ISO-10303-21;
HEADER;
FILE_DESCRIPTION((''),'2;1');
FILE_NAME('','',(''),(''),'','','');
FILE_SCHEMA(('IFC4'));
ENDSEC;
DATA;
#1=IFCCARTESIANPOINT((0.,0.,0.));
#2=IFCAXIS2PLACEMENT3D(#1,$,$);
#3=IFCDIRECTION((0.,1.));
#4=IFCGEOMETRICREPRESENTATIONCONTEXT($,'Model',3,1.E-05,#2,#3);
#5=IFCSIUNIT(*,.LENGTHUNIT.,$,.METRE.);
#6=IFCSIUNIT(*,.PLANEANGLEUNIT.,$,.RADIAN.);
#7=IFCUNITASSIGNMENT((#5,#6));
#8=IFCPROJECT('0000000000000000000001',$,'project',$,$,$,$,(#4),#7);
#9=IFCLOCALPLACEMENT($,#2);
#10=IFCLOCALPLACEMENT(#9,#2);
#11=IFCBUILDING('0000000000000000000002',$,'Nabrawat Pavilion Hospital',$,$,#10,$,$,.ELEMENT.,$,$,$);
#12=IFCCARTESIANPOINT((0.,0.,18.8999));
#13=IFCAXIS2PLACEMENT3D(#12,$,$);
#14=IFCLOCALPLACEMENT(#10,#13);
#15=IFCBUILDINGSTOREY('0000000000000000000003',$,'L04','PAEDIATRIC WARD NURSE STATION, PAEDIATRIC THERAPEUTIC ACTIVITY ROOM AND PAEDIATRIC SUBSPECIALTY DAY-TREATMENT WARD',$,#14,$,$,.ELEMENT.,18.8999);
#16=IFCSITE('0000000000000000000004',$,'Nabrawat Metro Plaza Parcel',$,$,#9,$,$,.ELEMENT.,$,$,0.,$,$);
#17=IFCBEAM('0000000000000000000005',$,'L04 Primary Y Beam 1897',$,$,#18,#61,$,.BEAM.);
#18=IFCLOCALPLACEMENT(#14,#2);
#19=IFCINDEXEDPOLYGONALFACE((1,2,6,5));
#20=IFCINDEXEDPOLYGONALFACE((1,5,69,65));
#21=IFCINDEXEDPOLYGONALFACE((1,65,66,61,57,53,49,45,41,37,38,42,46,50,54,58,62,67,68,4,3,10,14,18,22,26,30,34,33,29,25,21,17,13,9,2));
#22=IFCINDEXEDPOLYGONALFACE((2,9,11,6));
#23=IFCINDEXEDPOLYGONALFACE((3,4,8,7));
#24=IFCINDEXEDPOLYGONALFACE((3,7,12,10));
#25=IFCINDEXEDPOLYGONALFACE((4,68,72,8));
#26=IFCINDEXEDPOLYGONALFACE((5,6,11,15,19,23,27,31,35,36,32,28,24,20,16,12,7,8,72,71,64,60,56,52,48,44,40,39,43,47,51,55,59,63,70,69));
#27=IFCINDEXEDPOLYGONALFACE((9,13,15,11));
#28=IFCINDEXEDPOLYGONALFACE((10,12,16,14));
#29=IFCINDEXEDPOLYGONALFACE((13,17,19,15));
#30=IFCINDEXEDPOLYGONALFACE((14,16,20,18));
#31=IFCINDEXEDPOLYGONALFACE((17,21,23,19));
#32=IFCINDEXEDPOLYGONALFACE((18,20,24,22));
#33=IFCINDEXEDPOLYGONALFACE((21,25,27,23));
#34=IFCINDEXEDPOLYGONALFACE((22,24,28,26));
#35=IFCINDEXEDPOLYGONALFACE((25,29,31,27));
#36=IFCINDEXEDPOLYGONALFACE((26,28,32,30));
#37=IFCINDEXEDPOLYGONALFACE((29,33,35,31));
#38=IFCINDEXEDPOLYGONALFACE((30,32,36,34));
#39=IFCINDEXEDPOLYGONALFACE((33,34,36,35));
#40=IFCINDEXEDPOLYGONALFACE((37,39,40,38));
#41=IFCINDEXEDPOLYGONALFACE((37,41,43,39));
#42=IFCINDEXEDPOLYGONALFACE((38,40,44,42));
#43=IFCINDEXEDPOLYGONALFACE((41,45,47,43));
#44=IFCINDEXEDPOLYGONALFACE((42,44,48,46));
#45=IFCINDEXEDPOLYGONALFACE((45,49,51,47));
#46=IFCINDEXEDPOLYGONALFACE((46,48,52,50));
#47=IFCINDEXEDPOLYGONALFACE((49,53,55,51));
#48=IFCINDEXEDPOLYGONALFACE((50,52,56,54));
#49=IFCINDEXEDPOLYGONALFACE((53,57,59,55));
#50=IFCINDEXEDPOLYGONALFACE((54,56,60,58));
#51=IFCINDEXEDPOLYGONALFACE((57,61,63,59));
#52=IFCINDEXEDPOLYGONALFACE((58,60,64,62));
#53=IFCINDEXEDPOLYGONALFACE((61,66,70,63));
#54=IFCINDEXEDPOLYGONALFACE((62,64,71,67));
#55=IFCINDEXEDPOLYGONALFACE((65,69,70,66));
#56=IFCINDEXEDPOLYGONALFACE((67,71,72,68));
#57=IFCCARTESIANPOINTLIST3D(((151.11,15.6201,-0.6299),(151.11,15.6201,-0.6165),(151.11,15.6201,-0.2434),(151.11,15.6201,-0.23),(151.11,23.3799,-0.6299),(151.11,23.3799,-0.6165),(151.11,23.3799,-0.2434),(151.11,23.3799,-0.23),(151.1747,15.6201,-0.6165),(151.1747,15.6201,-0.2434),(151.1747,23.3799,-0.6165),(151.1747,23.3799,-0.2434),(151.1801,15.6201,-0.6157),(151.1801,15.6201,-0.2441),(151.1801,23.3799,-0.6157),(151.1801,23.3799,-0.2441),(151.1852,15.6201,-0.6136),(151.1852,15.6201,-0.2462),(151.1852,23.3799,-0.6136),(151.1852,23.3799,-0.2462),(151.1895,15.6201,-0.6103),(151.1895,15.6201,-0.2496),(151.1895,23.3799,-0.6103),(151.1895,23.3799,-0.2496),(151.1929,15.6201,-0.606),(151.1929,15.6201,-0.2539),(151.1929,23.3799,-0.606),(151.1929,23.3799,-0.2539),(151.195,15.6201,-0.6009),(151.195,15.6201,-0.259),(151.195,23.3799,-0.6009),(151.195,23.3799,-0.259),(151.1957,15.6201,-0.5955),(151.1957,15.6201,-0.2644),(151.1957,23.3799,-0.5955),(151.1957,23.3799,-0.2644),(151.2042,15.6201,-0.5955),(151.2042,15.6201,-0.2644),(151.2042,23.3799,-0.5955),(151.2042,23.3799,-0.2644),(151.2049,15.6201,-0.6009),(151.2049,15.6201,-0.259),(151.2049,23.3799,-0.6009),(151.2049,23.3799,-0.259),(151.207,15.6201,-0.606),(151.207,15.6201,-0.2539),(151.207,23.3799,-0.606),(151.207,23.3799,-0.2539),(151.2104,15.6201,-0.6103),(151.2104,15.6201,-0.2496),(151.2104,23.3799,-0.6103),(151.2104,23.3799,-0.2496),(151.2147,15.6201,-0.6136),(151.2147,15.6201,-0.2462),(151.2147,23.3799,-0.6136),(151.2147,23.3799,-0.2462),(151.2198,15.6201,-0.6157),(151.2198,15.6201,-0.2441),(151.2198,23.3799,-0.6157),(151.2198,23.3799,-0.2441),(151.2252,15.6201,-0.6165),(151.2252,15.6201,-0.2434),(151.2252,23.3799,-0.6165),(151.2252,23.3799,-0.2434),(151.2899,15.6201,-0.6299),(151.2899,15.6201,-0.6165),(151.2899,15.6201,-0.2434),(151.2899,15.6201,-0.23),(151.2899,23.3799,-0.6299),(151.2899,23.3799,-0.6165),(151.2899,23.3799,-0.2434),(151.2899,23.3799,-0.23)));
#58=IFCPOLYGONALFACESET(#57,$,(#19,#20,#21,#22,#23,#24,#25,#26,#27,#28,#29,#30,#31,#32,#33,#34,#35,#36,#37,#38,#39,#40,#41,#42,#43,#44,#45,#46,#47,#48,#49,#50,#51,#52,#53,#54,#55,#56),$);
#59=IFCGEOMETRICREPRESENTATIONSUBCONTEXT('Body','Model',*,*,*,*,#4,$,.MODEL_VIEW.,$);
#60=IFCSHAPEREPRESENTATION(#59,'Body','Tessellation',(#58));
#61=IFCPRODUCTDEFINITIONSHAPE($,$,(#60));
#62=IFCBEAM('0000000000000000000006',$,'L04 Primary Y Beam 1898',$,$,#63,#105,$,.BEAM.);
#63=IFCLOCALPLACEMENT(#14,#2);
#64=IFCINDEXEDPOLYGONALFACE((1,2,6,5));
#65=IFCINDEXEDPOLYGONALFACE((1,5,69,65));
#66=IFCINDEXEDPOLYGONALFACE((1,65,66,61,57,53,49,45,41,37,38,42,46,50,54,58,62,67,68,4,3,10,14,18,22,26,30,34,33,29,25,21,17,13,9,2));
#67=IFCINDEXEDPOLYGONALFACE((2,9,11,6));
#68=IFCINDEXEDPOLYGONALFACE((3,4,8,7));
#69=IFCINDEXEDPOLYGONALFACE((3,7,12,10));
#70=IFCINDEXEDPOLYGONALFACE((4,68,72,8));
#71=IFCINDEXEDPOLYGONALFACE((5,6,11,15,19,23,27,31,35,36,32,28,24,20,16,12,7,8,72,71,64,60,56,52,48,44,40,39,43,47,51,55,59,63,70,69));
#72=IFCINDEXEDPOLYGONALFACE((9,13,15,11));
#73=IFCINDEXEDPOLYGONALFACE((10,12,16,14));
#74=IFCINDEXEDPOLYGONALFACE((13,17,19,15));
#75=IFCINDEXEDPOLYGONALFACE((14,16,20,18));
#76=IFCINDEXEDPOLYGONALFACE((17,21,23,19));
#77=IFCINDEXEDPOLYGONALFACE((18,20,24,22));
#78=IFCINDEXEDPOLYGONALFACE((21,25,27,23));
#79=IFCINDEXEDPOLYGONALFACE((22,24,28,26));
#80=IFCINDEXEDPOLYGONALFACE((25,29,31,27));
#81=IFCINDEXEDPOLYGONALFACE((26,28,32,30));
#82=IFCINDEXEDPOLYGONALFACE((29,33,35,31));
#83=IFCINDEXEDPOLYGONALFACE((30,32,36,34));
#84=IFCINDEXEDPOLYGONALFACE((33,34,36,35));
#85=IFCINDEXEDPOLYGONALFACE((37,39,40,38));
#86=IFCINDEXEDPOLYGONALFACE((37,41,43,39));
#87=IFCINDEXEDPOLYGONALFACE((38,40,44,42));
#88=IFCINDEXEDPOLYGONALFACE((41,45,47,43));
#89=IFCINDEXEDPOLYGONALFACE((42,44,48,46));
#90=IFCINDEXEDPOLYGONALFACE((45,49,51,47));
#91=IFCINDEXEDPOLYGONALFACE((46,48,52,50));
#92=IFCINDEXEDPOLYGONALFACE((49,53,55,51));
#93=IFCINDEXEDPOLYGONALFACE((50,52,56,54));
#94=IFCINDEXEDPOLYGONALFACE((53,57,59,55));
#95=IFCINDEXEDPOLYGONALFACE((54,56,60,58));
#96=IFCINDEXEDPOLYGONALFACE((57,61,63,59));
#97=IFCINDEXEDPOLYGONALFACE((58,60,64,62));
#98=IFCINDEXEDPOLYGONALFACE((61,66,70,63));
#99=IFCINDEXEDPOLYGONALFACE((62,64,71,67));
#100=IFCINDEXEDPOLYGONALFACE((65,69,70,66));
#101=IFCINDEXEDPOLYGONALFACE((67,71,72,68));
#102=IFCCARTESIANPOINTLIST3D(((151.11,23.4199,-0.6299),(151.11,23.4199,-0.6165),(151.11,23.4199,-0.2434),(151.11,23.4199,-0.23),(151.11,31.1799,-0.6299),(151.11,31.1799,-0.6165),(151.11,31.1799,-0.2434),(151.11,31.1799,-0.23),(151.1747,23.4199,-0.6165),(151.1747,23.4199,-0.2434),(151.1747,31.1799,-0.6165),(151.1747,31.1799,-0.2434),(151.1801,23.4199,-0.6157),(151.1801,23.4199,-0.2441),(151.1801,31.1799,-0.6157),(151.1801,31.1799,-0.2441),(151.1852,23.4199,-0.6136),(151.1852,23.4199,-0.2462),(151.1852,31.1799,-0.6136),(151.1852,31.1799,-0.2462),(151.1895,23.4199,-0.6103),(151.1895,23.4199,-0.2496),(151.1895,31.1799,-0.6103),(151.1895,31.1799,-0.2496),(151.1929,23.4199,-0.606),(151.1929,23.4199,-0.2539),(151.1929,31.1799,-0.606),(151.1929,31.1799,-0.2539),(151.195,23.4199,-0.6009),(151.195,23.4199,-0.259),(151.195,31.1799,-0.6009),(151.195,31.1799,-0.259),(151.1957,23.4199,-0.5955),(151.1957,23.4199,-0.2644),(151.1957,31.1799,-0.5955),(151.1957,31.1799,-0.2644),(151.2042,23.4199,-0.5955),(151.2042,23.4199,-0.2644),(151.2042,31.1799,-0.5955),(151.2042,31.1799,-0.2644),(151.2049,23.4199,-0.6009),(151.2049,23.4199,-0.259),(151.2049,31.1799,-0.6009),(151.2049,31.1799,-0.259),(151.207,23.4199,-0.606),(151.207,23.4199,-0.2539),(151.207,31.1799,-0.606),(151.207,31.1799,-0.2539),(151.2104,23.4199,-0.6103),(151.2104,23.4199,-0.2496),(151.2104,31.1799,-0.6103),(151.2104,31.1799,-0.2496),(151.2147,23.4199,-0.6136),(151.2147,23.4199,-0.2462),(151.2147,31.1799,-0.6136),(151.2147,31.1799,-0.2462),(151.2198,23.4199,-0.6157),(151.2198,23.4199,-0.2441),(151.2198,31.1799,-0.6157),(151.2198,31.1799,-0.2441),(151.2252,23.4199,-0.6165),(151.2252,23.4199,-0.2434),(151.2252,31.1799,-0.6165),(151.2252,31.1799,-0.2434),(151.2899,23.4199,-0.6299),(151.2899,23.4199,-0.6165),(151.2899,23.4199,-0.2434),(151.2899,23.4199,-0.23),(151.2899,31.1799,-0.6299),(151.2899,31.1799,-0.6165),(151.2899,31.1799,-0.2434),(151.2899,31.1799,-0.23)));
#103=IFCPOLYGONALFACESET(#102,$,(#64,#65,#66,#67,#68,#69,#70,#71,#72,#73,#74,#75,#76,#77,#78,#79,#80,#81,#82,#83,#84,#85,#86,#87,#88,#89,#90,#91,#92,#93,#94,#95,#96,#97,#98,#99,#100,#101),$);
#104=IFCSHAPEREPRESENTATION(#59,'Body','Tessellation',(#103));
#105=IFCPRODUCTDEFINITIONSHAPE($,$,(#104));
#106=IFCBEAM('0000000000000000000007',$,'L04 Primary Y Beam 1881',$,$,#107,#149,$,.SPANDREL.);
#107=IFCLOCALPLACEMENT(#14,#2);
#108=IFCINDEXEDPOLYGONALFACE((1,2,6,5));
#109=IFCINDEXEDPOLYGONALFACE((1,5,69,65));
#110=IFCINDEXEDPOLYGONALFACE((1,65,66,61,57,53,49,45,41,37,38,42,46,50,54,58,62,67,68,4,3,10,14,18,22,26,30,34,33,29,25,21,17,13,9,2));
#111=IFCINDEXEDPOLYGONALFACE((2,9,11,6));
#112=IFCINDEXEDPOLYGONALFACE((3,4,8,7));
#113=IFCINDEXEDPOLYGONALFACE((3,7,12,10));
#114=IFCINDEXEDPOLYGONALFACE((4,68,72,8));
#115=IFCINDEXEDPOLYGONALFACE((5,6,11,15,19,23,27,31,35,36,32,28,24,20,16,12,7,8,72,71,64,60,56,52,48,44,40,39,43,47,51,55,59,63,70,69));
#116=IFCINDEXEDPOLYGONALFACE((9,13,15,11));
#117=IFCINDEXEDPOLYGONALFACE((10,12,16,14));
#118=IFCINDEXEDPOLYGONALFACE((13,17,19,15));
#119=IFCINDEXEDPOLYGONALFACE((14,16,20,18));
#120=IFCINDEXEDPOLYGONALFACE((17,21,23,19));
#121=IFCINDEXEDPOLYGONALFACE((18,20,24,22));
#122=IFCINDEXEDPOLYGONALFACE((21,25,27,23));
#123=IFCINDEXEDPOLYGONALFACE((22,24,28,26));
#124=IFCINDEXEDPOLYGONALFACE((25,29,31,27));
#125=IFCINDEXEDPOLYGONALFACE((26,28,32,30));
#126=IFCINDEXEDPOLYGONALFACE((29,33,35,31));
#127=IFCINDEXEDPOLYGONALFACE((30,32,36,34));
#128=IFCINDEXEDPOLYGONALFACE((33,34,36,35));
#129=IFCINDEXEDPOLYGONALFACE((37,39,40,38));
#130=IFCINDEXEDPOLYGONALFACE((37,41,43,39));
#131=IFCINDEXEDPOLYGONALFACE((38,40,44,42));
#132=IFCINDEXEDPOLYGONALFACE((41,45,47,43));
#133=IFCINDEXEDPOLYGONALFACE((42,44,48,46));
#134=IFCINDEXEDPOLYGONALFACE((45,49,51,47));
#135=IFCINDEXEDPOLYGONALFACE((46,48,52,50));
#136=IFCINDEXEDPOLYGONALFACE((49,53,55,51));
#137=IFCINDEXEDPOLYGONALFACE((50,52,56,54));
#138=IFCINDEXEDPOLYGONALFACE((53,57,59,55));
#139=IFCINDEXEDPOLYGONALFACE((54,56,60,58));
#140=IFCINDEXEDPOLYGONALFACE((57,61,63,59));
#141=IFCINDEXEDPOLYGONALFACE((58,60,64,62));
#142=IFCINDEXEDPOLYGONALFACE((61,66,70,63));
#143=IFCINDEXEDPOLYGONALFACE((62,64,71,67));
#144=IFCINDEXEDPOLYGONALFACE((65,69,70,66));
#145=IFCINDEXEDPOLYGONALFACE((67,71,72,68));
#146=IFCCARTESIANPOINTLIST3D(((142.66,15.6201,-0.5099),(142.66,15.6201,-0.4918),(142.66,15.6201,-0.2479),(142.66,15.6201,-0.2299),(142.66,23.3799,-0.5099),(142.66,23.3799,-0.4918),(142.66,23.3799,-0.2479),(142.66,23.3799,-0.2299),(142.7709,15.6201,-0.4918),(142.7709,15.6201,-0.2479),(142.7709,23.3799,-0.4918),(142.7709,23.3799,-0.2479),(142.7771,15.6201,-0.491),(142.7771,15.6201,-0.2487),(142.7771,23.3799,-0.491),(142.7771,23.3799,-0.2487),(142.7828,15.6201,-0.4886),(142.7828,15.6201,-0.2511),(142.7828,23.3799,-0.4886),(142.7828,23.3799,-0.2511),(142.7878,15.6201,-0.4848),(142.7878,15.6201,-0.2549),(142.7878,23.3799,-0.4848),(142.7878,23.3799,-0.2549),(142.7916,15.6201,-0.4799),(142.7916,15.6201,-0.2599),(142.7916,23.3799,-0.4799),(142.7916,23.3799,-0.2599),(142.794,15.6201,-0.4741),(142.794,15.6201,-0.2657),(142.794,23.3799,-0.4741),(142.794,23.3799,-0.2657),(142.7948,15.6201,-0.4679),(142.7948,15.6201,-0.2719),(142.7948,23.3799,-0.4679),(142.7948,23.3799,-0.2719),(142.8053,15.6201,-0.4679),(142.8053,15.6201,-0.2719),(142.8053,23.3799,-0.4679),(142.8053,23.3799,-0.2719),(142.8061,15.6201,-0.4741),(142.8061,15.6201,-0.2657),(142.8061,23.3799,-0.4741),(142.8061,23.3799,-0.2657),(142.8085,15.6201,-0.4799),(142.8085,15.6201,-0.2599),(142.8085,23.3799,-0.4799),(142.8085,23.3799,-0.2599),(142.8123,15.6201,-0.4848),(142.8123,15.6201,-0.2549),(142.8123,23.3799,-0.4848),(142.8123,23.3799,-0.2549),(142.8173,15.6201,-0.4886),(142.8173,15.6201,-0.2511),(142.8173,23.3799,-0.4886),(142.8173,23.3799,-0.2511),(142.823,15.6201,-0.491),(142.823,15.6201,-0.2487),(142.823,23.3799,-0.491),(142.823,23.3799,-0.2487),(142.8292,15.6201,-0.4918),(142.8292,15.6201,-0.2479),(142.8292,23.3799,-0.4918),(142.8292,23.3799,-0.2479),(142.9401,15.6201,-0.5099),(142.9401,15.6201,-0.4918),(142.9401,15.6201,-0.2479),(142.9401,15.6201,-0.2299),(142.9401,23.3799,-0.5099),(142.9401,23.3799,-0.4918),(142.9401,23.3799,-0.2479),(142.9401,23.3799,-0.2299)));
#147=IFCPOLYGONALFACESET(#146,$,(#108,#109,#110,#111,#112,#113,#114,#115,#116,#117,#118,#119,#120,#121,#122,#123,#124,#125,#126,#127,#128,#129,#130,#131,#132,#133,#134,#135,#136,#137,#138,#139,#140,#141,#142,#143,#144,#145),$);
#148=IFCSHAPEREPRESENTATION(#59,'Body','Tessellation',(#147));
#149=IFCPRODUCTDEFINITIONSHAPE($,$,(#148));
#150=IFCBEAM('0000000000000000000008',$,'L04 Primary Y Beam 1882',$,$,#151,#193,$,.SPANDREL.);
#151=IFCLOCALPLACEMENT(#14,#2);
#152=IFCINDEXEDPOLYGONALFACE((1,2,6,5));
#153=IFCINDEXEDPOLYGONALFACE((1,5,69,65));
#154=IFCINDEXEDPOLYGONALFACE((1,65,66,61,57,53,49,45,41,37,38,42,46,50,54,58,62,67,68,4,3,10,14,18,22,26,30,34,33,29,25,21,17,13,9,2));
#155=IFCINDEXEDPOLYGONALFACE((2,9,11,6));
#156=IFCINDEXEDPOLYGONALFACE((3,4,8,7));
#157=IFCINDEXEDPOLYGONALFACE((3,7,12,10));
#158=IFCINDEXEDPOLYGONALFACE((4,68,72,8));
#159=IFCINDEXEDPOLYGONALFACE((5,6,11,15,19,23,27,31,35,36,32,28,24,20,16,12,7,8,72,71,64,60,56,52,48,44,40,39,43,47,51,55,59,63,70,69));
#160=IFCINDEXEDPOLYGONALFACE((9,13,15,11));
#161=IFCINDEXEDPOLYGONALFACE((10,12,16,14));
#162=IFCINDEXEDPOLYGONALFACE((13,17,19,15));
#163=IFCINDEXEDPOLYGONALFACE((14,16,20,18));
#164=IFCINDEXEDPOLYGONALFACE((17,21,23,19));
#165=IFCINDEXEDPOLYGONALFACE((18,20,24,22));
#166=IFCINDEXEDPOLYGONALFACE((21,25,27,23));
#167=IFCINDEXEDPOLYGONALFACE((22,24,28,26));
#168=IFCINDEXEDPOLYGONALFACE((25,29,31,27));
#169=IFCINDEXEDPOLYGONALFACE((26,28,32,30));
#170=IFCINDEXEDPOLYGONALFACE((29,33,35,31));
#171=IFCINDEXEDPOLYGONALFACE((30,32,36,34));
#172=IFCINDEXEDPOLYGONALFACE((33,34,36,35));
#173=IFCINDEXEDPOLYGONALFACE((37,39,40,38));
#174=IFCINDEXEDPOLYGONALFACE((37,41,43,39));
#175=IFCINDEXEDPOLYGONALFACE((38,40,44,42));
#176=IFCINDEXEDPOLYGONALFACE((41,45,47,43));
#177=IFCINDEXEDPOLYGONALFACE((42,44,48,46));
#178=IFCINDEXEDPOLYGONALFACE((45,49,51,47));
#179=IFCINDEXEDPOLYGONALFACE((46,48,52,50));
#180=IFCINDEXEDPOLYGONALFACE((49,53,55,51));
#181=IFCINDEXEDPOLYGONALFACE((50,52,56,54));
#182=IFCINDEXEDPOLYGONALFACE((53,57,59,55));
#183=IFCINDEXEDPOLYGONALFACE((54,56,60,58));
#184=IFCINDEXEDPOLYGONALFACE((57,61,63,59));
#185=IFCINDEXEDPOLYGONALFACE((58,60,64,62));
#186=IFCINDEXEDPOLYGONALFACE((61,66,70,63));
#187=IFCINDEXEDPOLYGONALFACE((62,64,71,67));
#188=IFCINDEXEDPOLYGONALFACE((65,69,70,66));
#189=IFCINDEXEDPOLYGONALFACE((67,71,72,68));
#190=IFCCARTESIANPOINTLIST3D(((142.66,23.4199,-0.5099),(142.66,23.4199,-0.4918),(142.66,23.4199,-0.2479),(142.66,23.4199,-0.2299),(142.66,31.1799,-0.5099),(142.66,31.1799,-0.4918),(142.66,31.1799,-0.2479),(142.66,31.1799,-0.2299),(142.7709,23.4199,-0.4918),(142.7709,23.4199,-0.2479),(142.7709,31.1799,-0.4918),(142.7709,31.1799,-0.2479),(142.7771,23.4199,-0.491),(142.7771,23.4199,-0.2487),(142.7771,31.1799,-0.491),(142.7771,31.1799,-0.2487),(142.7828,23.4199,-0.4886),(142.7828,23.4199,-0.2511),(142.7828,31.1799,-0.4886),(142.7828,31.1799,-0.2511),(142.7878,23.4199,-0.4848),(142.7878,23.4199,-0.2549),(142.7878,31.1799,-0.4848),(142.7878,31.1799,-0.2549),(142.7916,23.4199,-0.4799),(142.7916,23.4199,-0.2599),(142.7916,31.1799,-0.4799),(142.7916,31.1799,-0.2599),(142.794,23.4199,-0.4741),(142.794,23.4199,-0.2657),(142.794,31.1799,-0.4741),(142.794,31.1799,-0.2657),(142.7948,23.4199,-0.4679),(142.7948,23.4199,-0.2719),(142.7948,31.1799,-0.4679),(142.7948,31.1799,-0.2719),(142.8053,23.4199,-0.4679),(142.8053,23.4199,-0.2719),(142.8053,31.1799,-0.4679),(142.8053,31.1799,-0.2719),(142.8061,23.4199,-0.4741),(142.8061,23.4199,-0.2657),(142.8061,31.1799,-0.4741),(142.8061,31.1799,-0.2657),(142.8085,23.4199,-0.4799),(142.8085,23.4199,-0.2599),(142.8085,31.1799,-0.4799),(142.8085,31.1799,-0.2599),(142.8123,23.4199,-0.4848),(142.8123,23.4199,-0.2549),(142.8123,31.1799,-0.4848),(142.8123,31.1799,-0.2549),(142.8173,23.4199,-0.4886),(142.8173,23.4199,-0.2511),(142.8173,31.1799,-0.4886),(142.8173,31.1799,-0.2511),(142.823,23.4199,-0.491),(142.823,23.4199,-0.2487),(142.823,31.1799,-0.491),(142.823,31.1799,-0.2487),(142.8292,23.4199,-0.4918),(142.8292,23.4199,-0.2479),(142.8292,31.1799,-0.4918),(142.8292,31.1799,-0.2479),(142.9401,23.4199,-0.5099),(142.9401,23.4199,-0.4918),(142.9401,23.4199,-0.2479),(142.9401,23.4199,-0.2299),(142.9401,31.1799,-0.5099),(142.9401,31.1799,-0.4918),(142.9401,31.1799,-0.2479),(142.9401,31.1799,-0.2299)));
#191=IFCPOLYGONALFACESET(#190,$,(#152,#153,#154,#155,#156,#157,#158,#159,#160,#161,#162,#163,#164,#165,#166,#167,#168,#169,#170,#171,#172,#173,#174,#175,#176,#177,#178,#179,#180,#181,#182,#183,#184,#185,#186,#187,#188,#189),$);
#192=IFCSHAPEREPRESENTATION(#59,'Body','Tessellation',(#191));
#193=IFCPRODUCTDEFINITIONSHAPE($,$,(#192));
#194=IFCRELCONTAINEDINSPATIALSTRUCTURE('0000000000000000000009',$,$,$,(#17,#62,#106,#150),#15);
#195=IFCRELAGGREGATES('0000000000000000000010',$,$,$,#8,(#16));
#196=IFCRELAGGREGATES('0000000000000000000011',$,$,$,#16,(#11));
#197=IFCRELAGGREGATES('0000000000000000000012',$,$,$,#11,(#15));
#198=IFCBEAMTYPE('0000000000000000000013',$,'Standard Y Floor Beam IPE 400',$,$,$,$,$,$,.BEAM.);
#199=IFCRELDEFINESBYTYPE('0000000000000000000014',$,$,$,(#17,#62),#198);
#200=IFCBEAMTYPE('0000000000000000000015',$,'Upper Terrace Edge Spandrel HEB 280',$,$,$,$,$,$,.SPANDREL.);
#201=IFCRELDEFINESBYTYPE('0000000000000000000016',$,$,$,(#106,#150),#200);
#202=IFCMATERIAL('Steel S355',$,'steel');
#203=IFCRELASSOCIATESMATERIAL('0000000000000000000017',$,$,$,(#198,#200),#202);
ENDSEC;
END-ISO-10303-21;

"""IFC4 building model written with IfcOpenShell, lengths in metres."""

from ifc_helpers import new_model, si_unit, direction, frame, origin, origin_2d, place, context, subcontext, project, spatial, i_section, extrude, material, material_profile, profile_set, type_object, element, save


model = new_model("IFC4")

# Units and contexts
model_context = context("Model", 3, precision=1e-05, world=origin(), true_north=direction((0.0, 1.0)))
body_context = subcontext(model_context, "Body", "Model", "MODEL_VIEW")
ifc_project = project(units=[si_unit("LENGTHUNIT", "METRE"), si_unit("PLANEANGLEUNIT", "RADIAN")], contexts=[model_context])

# Site, building, storey
site_placement = place(None, origin())
site = spatial("IfcSite", under=ifc_project, at=site_placement, Name="Nabrawat Metro Plaza Parcel", CompositionType="ELEMENT", RefElevation=0.0)
building_placement = place(site_placement, origin())
building = spatial("IfcBuilding", under=site, at=building_placement, Name="Nabrawat Pavilion Hospital", CompositionType="ELEMENT")
storey_placement = place(building_placement, frame((0.0, 0.0, 18.8999)))
storey = spatial("IfcBuildingStorey", under=building, at=storey_placement, Name="L04", Description="PAEDIATRIC WARD NURSE STATION, PAEDIATRIC THERAPEUTIC ACTIVITY ROOM AND PAEDIATRIC SUBSPECIALTY DAY-TREATMENT WARD", CompositionType="ELEMENT", Elevation=18.8999)

# Beams
ifc_material_1 = material(Name="Steel S355", Category="steel")
ifc_material_profile_1 = material_profile(ifc_material_1, i_section(OverallWidth=0.1799, OverallDepth=0.3999, WebThickness=0.0085, FlangeThickness=0.0134, FilletRadius=0.021, at=origin_2d()), Name="IPE 400")
ifc_profile_set_1 = profile_set([ifc_material_profile_1], Name="Steel S355")
beam_type_1 = type_object("IfcBeamType", Name="Standard Y Floor Beam IPE 400", PredefinedType="BEAM", material=ifc_profile_set_1)
beam_1_placement = place(storey_placement, frame((151.2, 15.6201, -0.4299), z_axis=(0.0, 1.0, 0.0), x_axis=(-1.0, 0.0, 0.0)))
element("IfcBeam", 1, at=beam_1_placement, inside=storey, type_object=beam_type_1, Name="L04 Primary Y Beam 1897", PredefinedType="BEAM", context=body_context, shape_type="SweptSolid", body=[
    extrude(i_section(OverallWidth=0.1799, OverallDepth=0.3999, WebThickness=0.0085, FlangeThickness=0.0134, FilletRadius=0.021, at=origin_2d()), origin(), (0.0, 0.0, 1.0), 7.7598),
])
beam_2_placement = place(storey_placement, frame((151.2, 23.4199, -0.4299), z_axis=(0.0, 1.0, 0.0), x_axis=(-1.0, 0.0, 0.0)))
element("IfcBeam", 2, at=beam_2_placement, inside=storey, type_object=beam_type_1, Name="L04 Primary Y Beam 1898", PredefinedType="BEAM", context=body_context, shape_type="SweptSolid", body=[
    extrude(i_section(OverallWidth=0.1799, OverallDepth=0.3999, WebThickness=0.0085, FlangeThickness=0.0134, FilletRadius=0.021, at=origin_2d()), origin(), (0.0, 0.0, 1.0), 7.76),
])
ifc_material_profile_2 = material_profile(ifc_material_1, i_section(OverallWidth=0.28, OverallDepth=0.28, WebThickness=0.0105, FlangeThickness=0.0181, FilletRadius=0.0239, at=origin_2d()), Name="HEB 280")
ifc_profile_set_2 = profile_set([ifc_material_profile_2], Name="Steel S355")
beam_type_2 = type_object("IfcBeamType", Name="Upper Terrace Edge Spandrel HEB 280", PredefinedType="SPANDREL", material=ifc_profile_set_2)
beam_3_placement = place(storey_placement, frame((142.8, 15.6201, -0.3699), z_axis=(0.0, 1.0, 0.0), x_axis=(-1.0, 0.0, 0.0)))
element("IfcBeam", 3, at=beam_3_placement, inside=storey, type_object=beam_type_2, Name="L04 Primary Y Beam 1881", PredefinedType="SPANDREL", context=body_context, shape_type="SweptSolid", body=[
    extrude(i_section(OverallWidth=0.28, OverallDepth=0.28, WebThickness=0.0105, FlangeThickness=0.0181, FilletRadius=0.0239, at=origin_2d()), origin(), (0.0, 0.0, 1.0), 7.7598),
])
beam_4_placement = place(storey_placement, frame((142.8, 23.4199, -0.3699), z_axis=(0.0, 1.0, 0.0), x_axis=(-1.0, 0.0, 0.0)))
element("IfcBeam", 4, at=beam_4_placement, inside=storey, type_object=beam_type_2, Name="L04 Primary Y Beam 1882", PredefinedType="SPANDREL", context=body_context, shape_type="SweptSolid", body=[
    extrude(i_section(OverallWidth=0.28, OverallDepth=0.28, WebThickness=0.0105, FlangeThickness=0.0181, FilletRadius=0.0239, at=origin_2d()), origin(), (0.0, 0.0, 1.0), 7.76),
])

save(model, "model.ifc")
